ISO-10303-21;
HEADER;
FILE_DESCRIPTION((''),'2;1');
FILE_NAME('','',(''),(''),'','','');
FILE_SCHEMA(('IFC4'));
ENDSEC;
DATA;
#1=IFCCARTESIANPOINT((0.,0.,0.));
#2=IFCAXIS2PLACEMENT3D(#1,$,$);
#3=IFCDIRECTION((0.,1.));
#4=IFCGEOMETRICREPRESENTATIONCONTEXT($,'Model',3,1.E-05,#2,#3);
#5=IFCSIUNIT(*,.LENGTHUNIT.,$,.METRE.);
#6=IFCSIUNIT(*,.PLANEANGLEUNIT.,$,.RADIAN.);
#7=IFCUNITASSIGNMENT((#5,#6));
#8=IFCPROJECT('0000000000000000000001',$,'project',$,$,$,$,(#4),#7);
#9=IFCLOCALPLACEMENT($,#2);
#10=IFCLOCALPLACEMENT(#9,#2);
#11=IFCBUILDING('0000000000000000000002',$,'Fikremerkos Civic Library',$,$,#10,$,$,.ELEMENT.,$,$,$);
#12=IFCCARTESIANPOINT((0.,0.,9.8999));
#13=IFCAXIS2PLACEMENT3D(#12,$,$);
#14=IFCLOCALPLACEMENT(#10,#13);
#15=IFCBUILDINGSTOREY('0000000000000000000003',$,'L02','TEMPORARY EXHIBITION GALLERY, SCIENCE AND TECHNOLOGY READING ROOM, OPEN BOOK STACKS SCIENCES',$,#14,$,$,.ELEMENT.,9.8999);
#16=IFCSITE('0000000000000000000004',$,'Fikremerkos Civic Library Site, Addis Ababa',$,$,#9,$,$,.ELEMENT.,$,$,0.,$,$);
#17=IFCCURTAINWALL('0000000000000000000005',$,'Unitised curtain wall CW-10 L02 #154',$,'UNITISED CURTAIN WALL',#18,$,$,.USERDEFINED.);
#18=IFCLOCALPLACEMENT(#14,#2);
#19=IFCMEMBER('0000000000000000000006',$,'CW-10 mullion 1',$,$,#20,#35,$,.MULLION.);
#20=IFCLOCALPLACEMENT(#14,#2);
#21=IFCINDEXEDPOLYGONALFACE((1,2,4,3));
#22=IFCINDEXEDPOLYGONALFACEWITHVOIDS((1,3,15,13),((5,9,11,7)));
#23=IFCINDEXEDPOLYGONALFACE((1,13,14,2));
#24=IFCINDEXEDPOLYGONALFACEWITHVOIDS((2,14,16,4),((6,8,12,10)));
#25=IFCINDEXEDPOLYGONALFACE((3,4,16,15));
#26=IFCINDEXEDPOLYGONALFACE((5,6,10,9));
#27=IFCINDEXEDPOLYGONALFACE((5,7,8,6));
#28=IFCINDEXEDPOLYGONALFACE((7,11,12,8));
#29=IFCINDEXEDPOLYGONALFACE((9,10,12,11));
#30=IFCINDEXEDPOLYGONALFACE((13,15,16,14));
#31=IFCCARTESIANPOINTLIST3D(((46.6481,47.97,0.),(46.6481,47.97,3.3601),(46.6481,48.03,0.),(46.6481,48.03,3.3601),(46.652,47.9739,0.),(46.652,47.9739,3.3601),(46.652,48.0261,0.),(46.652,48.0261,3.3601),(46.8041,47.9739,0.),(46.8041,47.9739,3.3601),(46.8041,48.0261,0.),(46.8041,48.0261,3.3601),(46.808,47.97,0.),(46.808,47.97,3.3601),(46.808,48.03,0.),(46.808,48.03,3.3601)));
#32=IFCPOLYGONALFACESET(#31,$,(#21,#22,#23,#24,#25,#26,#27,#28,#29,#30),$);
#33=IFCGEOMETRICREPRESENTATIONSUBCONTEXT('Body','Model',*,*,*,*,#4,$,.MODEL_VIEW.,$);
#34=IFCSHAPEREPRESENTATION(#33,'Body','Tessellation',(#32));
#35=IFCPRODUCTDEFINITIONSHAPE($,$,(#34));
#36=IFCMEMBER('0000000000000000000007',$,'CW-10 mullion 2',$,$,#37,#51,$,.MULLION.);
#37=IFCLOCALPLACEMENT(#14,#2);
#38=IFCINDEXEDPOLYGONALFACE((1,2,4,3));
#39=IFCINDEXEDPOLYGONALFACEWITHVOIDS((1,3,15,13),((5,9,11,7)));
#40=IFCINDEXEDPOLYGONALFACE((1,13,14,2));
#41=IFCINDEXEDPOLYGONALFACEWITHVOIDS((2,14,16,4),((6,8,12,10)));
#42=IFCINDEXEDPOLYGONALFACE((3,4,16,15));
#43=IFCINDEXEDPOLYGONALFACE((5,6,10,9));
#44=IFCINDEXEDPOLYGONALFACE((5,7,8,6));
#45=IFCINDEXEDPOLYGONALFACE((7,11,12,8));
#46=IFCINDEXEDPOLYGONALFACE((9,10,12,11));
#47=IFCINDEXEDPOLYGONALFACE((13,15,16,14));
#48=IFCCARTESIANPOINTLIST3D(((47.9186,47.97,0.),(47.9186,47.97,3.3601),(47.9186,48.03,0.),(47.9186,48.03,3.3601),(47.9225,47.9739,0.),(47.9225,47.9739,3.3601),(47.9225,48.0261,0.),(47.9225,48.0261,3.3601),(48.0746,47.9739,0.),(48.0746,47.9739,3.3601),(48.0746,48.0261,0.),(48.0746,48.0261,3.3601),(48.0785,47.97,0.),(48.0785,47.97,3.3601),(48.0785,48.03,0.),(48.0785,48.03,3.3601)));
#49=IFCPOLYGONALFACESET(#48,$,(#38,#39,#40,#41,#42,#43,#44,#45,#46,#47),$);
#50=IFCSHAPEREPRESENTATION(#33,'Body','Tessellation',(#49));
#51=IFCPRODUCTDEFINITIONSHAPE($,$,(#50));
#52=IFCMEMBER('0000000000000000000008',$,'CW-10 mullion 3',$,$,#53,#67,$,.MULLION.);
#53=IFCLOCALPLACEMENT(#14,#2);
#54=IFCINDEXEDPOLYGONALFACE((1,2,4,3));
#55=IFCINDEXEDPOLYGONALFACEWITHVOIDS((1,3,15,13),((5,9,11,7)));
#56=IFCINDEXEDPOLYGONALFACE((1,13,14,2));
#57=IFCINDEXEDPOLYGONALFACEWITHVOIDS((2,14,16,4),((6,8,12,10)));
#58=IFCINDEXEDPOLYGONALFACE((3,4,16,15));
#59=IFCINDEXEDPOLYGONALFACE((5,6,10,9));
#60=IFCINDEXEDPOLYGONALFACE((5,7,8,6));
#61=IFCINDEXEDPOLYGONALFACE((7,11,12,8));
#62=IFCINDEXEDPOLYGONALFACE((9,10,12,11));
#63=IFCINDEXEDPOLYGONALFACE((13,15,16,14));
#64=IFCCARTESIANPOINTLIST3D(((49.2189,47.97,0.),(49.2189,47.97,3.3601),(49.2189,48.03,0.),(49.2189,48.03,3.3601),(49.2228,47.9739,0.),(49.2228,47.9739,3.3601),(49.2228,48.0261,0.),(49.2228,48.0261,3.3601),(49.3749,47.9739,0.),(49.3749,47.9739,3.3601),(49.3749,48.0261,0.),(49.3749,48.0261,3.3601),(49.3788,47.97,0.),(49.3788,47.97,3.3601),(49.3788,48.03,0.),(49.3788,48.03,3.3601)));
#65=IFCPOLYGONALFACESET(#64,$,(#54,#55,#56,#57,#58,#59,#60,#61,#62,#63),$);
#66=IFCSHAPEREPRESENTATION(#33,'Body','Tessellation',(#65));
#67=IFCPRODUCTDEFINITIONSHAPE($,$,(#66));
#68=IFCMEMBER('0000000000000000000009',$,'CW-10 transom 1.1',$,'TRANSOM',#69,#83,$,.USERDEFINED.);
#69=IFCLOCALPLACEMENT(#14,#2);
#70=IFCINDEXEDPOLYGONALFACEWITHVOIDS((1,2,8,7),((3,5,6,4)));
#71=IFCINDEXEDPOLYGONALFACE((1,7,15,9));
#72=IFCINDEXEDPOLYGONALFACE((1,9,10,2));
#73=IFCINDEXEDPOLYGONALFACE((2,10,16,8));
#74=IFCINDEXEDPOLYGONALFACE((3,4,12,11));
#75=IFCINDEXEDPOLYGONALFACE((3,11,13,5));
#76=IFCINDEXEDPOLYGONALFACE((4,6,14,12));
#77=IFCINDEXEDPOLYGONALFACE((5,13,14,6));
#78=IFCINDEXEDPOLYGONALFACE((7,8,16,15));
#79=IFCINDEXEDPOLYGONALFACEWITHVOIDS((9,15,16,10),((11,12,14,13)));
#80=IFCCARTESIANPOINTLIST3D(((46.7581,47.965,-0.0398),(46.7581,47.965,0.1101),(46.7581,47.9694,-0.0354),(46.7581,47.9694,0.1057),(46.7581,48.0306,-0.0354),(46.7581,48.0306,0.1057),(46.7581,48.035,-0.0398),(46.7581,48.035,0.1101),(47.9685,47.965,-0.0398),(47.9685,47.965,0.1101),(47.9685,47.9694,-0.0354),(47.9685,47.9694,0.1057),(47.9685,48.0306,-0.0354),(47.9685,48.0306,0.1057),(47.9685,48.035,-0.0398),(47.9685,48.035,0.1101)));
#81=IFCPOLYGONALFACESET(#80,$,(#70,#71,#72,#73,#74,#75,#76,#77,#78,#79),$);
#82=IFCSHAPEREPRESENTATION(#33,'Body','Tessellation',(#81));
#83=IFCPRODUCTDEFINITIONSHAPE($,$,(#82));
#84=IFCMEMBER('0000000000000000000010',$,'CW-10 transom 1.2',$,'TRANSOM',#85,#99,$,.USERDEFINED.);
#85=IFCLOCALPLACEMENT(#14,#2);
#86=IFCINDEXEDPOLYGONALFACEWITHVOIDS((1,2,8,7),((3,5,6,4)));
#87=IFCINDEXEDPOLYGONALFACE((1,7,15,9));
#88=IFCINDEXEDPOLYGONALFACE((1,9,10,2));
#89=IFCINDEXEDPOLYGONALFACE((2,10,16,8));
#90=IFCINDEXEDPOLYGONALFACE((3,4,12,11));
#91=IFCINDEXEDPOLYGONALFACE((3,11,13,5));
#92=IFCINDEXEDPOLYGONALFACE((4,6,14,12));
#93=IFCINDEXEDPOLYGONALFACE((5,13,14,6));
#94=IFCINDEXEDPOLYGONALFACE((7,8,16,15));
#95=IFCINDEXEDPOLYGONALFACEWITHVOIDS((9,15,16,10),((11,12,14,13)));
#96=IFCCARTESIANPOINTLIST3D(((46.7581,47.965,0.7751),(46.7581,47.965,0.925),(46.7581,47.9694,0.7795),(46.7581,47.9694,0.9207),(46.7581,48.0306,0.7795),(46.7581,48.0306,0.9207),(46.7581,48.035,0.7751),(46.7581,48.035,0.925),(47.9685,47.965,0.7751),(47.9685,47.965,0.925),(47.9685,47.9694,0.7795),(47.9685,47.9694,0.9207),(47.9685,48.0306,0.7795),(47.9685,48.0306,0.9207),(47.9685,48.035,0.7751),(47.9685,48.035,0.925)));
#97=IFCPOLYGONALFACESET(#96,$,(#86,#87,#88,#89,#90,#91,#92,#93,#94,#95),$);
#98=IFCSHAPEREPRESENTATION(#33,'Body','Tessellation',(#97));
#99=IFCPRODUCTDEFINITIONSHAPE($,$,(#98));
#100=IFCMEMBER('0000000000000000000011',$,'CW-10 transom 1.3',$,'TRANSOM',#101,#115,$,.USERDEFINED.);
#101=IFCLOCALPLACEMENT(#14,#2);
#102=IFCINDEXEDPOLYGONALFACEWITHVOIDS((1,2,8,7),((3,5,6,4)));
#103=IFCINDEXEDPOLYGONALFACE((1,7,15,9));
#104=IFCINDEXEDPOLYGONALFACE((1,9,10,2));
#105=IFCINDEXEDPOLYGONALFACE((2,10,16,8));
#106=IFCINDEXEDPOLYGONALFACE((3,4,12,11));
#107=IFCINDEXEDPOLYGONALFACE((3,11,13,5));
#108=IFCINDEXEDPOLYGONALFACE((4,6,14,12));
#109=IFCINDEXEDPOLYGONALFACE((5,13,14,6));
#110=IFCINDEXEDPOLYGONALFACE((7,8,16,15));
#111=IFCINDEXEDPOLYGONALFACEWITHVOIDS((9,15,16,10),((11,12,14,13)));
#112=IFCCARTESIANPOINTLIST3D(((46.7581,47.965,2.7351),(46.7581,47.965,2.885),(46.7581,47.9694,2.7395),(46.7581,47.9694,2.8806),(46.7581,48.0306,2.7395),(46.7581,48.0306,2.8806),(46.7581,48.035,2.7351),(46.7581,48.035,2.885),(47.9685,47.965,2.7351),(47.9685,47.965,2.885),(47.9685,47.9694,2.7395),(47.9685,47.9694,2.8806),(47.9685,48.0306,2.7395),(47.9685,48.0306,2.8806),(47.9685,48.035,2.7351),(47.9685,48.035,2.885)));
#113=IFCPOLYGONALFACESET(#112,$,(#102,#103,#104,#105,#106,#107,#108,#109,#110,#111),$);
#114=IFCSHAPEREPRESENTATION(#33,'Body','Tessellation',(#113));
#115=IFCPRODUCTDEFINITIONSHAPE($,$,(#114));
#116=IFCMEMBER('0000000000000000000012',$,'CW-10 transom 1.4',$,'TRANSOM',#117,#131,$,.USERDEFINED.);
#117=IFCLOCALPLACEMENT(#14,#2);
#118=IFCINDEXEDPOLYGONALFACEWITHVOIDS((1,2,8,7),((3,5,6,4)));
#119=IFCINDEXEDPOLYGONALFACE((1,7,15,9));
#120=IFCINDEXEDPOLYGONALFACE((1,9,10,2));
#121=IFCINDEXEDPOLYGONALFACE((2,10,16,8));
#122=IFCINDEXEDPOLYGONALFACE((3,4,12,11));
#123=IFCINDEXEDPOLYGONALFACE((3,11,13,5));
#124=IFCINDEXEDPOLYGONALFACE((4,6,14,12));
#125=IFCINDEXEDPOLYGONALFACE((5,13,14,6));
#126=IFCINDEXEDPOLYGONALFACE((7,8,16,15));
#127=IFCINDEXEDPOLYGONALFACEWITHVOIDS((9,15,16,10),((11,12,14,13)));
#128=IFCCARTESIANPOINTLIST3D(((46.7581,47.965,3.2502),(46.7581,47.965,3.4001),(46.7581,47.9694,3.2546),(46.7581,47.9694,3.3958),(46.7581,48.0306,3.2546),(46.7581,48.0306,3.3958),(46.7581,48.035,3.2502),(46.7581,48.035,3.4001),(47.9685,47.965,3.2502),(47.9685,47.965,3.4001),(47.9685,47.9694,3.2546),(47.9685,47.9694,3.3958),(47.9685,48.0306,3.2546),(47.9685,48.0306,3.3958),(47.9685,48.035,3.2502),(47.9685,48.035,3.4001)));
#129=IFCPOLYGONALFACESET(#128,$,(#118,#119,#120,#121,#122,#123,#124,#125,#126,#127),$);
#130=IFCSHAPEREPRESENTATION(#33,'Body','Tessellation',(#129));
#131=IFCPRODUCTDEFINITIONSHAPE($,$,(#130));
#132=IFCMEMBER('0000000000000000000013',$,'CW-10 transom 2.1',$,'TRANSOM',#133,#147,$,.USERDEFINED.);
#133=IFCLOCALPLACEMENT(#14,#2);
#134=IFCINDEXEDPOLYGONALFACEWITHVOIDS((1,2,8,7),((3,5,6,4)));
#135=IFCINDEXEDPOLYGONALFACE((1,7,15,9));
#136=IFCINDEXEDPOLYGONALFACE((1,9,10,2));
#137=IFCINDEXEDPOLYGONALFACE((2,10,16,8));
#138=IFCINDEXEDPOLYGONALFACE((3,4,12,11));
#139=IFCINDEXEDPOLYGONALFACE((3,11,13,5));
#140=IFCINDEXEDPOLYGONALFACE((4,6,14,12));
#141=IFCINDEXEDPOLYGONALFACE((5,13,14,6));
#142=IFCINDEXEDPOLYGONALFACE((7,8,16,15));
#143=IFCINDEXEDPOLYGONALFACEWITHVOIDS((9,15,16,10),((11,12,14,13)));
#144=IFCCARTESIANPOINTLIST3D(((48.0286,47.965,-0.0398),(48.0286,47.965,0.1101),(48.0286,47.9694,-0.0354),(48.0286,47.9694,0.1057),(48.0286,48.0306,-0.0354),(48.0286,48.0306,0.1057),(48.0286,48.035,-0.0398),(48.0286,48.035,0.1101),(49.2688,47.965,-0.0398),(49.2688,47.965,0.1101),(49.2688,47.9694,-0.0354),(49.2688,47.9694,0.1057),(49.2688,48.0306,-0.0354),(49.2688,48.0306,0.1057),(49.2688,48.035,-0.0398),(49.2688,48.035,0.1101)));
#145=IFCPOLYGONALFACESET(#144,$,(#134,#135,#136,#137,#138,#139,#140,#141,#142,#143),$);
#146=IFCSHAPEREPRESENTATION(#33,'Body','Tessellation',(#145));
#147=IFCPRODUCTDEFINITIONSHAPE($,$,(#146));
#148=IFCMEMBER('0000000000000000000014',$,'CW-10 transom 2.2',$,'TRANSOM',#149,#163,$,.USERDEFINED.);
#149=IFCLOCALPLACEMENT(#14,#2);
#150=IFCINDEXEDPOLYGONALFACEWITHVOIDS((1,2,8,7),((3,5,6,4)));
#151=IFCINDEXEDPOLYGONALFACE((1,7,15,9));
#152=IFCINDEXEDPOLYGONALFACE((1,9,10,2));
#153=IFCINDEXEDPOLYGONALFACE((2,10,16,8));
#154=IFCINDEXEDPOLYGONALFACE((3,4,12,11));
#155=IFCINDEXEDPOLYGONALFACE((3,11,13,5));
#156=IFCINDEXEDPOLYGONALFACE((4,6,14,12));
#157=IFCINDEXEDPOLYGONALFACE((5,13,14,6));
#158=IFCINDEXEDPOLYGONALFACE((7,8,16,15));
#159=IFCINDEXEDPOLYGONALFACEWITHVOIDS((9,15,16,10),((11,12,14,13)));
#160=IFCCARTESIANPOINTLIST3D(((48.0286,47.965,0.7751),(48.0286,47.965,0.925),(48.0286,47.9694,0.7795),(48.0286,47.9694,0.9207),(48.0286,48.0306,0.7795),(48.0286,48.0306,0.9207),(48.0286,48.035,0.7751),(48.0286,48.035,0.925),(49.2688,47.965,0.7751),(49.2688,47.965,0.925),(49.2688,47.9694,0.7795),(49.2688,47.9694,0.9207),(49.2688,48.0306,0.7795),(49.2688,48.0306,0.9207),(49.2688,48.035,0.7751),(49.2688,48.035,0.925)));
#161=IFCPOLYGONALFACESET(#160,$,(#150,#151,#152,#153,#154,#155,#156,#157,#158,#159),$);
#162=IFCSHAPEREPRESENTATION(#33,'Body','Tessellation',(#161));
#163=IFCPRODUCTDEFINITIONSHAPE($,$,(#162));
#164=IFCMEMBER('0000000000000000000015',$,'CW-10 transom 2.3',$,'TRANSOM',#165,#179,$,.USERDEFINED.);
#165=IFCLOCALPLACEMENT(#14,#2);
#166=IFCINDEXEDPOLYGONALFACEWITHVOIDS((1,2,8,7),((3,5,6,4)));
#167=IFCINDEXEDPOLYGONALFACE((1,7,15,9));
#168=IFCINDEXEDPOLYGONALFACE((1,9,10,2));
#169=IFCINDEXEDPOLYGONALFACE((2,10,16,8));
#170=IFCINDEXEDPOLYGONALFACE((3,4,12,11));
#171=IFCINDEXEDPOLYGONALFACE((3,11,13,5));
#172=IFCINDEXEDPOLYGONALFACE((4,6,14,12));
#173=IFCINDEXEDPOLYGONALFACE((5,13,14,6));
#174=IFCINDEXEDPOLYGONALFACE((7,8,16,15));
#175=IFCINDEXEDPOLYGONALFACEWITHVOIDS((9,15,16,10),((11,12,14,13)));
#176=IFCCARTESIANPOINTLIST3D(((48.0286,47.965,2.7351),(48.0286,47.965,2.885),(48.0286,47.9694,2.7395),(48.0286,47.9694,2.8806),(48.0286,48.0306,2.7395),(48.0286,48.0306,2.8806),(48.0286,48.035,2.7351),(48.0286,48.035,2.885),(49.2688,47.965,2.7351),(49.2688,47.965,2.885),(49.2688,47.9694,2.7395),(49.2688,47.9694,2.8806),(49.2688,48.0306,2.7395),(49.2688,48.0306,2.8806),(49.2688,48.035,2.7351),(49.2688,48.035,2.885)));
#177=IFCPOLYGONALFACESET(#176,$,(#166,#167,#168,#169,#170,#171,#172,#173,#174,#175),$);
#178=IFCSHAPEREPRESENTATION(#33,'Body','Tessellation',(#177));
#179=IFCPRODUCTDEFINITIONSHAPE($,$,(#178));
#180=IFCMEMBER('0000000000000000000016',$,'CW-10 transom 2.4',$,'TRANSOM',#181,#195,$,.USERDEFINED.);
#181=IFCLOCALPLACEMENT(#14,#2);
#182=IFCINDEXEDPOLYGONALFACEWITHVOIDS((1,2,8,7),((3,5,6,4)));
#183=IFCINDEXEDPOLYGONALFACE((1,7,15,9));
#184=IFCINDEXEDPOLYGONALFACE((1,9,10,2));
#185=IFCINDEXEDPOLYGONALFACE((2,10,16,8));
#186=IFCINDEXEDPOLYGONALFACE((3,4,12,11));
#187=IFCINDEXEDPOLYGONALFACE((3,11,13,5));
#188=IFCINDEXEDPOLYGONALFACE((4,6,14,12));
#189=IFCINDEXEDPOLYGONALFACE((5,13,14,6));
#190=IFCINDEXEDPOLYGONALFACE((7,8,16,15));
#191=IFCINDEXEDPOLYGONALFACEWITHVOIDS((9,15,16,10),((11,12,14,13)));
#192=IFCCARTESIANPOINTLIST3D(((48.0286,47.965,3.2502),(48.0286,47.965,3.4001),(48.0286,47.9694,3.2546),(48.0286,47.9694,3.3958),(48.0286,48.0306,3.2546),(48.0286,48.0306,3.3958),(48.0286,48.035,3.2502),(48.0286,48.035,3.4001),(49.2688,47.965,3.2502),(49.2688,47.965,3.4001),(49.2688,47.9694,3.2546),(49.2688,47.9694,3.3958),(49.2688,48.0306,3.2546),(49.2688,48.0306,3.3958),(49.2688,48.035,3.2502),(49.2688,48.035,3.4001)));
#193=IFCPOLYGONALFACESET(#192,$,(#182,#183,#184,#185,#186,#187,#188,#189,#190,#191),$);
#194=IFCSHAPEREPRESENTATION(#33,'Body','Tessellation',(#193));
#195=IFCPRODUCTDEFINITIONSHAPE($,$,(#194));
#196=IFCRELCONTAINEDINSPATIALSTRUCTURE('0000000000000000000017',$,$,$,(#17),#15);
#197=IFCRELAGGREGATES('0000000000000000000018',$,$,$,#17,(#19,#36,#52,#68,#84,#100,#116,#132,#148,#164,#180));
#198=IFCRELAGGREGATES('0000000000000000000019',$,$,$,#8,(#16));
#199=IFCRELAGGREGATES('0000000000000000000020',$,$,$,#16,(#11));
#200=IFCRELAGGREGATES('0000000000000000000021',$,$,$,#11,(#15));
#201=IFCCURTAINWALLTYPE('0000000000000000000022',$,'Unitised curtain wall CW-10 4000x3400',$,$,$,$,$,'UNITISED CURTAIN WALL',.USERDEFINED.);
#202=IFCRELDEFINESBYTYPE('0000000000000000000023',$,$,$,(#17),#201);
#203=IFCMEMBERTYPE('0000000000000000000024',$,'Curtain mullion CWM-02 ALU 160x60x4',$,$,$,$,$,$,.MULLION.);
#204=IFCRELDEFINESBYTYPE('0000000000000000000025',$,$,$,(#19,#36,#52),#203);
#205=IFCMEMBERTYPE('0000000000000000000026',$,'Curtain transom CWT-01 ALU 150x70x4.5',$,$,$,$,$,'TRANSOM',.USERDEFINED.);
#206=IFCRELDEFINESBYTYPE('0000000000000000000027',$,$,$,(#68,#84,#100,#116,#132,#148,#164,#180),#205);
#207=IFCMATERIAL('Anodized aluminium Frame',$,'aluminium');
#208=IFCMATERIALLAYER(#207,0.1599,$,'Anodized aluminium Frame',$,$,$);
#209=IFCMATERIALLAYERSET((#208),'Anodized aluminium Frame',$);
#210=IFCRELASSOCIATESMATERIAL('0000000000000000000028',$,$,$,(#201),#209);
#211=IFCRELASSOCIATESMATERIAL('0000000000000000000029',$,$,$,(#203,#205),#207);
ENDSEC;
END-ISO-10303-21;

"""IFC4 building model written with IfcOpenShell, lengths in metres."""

from ifc_helpers import new_model, si_unit, direction, frame, origin, origin_2d, place, context, subcontext, project, spatial, hollow_rectangle, extrude, material, layer, layer_set, material_profile, profile_set, type_object, element, aggregate, save


model = new_model("IFC4")

# Units and contexts
model_context = context("Model", 3, precision=1e-05, world=origin(), true_north=direction((0.0, 1.0)))
body_context = subcontext(model_context, "Body", "Model", "MODEL_VIEW")
ifc_project = project(units=[si_unit("LENGTHUNIT", "METRE"), si_unit("PLANEANGLEUNIT", "RADIAN")], contexts=[model_context])

# Site, building, storey
site_placement = place(None, origin())
site = spatial("IfcSite", under=ifc_project, at=site_placement, Name="Fikremerkos Civic Library Site, Addis Ababa", CompositionType="ELEMENT", RefElevation=0.0)
building_placement = place(site_placement, origin())
building = spatial("IfcBuilding", under=site, at=building_placement, Name="Fikremerkos Civic Library", CompositionType="ELEMENT")
storey_placement = place(building_placement, frame((0.0, 0.0, 9.8999)))
storey = spatial("IfcBuildingStorey", under=building, at=storey_placement, Name="L02", Description="TEMPORARY EXHIBITION GALLERY, SCIENCE AND TECHNOLOGY READING ROOM, OPEN BOOK STACKS SCIENCES", CompositionType="ELEMENT", Elevation=9.8999)

# Curtain wall, members
ifc_material_1 = material(Name="Anodized aluminium Frame", Category="aluminium")
ifc_layer_1 = layer(ifc_material_1, 0.1599, Name="Anodized aluminium Frame")
ifc_layer_set_1 = layer_set([ifc_layer_1], Name="Anodized aluminium Frame")
curtain_wall_type = type_object("IfcCurtainWallType", Name="Unitised curtain wall CW-10 4000x3400", ElementType="UNITISED CURTAIN WALL", PredefinedType="USERDEFINED", material=ifc_layer_set_1)
curtain_wall_placement = place(storey_placement, origin())
curtain_wall = element("IfcCurtainWall", 1, at=curtain_wall_placement, inside=storey, type_object=curtain_wall_type, Name="Unitised curtain wall CW-10 L02 #154", ObjectType="UNITISED CURTAIN WALL", PredefinedType="USERDEFINED")
ifc_material_profile_1 = material_profile(ifc_material_1, hollow_rectangle(XDim=0.0601, YDim=0.1599, WallThickness=0.0039, at=origin_2d()), Name="ALU 160x60x4")
ifc_profile_set_1 = profile_set([ifc_material_profile_1], Name="Anodized aluminium Frame")
member_type_1 = type_object("IfcMemberType", Name="Curtain mullion CWM-02 ALU 160x60x4", PredefinedType="MULLION", material=ifc_profile_set_1)
member_1_placement = place(storey_placement, frame((46.728, 48.0, 0.0), z_axis=(0.0, 0.0, 1.0), x_axis=(0.0, 1.0, 0.0)))
member_1 = element("IfcMember", 2, at=member_1_placement, type_object=member_type_1, Name="CW-10 mullion 1", PredefinedType="MULLION", context=body_context, shape_type="SweptSolid", body=[
    extrude(hollow_rectangle(XDim=0.0601, YDim=0.1599, WallThickness=0.0039, at=origin_2d()), origin(), (0.0, 0.0, 1.0), 3.3601),
])
member_2_placement = place(storey_placement, frame((47.9985, 48.0, 0.0), z_axis=(0.0, 0.0, 1.0), x_axis=(0.0, 1.0, 0.0)))
member_2 = element("IfcMember", 3, at=member_2_placement, type_object=member_type_1, Name="CW-10 mullion 2", PredefinedType="MULLION", context=body_context, shape_type="SweptSolid", body=[
    extrude(hollow_rectangle(XDim=0.0601, YDim=0.1599, WallThickness=0.0039, at=origin_2d()), origin(), (0.0, 0.0, 1.0), 3.3601),
])
member_3_placement = place(storey_placement, frame((49.2988, 48.0, 0.0), z_axis=(0.0, 0.0, 1.0), x_axis=(0.0, 1.0, 0.0)))
member_3 = element("IfcMember", 4, at=member_3_placement, type_object=member_type_1, Name="CW-10 mullion 3", PredefinedType="MULLION", context=body_context, shape_type="SweptSolid", body=[
    extrude(hollow_rectangle(XDim=0.0601, YDim=0.1599, WallThickness=0.0039, at=origin_2d()), origin(), (0.0, 0.0, 1.0), 3.3601),
])
ifc_material_profile_2 = material_profile(ifc_material_1, hollow_rectangle(XDim=0.0701, YDim=0.1499, WallThickness=0.0044, at=origin_2d()), Name="ALU 150x70x4.5")
ifc_profile_set_2 = profile_set([ifc_material_profile_2], Name="Anodized aluminium Frame")
member_type_2 = type_object("IfcMemberType", Name="Curtain transom CWT-01 ALU 150x70x4.5", ElementType="TRANSOM", PredefinedType="USERDEFINED", material=ifc_profile_set_2)
member_4_placement = place(storey_placement, frame((46.7581, 48.0, 0.0352), z_axis=(1.0, 0.0, 0.0), x_axis=(0.0, 1.0, 0.0)))
member_4 = element("IfcMember", 5, at=member_4_placement, type_object=member_type_2, Name="CW-10 transom 1.1", ObjectType="TRANSOM", PredefinedType="USERDEFINED", context=body_context, shape_type="SweptSolid", body=[
    extrude(hollow_rectangle(XDim=0.0701, YDim=0.1499, WallThickness=0.0044, at=origin_2d()), origin(), (0.0, 0.0, 1.0), 1.2104),
])
member_5_placement = place(storey_placement, frame((46.7581, 48.0, 0.8501), z_axis=(1.0, 0.0, 0.0), x_axis=(0.0, 1.0, 0.0)))
member_5 = element("IfcMember", 6, at=member_5_placement, type_object=member_type_2, Name="CW-10 transom 1.2", ObjectType="TRANSOM", PredefinedType="USERDEFINED", context=body_context, shape_type="SweptSolid", body=[
    extrude(hollow_rectangle(XDim=0.0701, YDim=0.1499, WallThickness=0.0044, at=origin_2d()), origin(), (0.0, 0.0, 1.0), 1.2104),
])
member_6_placement = place(storey_placement, frame((46.7581, 48.0, 2.8101), z_axis=(1.0, 0.0, 0.0), x_axis=(0.0, 1.0, 0.0)))
member_6 = element("IfcMember", 7, at=member_6_placement, type_object=member_type_2, Name="CW-10 transom 1.3", ObjectType="TRANSOM", PredefinedType="USERDEFINED", context=body_context, shape_type="SweptSolid", body=[
    extrude(hollow_rectangle(XDim=0.0701, YDim=0.1499, WallThickness=0.0044, at=origin_2d()), origin(), (0.0, 0.0, 1.0), 1.2104),
])
member_7_placement = place(storey_placement, frame((46.7581, 48.0, 3.3252), z_axis=(1.0, 0.0, 0.0), x_axis=(0.0, 1.0, 0.0)))
member_7 = element("IfcMember", 8, at=member_7_placement, type_object=member_type_2, Name="CW-10 transom 1.4", ObjectType="TRANSOM", PredefinedType="USERDEFINED", context=body_context, shape_type="SweptSolid", body=[
    extrude(hollow_rectangle(XDim=0.0701, YDim=0.1499, WallThickness=0.0044, at=origin_2d()), origin(), (0.0, 0.0, 1.0), 1.2104),
])
member_8_placement = place(storey_placement, frame((48.0286, 48.0, 0.0352), z_axis=(1.0, 0.0, 0.0), x_axis=(0.0, 1.0, 0.0)))
member_8 = element("IfcMember", 9, at=member_8_placement, type_object=member_type_2, Name="CW-10 transom 2.1", ObjectType="TRANSOM", PredefinedType="USERDEFINED", context=body_context, shape_type="SweptSolid", body=[
    extrude(hollow_rectangle(XDim=0.0701, YDim=0.1499, WallThickness=0.0044, at=origin_2d()), origin(), (0.0, 0.0, 1.0), 1.2402),
])
member_9_placement = place(storey_placement, frame((48.0286, 48.0, 0.8501), z_axis=(1.0, 0.0, 0.0), x_axis=(0.0, 1.0, 0.0)))
member_9 = element("IfcMember", 10, at=member_9_placement, type_object=member_type_2, Name="CW-10 transom 2.2", ObjectType="TRANSOM", PredefinedType="USERDEFINED", context=body_context, shape_type="SweptSolid", body=[
    extrude(hollow_rectangle(XDim=0.0701, YDim=0.1499, WallThickness=0.0044, at=origin_2d()), origin(), (0.0, 0.0, 1.0), 1.2402),
])
member_10_placement = place(storey_placement, frame((48.0286, 48.0, 2.8101), z_axis=(1.0, 0.0, 0.0), x_axis=(0.0, 1.0, 0.0)))
member_10 = element("IfcMember", 11, at=member_10_placement, type_object=member_type_2, Name="CW-10 transom 2.3", ObjectType="TRANSOM", PredefinedType="USERDEFINED", context=body_context, shape_type="SweptSolid", body=[
    extrude(hollow_rectangle(XDim=0.0701, YDim=0.1499, WallThickness=0.0044, at=origin_2d()), origin(), (0.0, 0.0, 1.0), 1.2402),
])
member_11_placement = place(storey_placement, frame((48.0286, 48.0, 3.3252), z_axis=(1.0, 0.0, 0.0), x_axis=(0.0, 1.0, 0.0)))
member_11 = element("IfcMember", 12, at=member_11_placement, type_object=member_type_2, Name="CW-10 transom 2.4", ObjectType="TRANSOM", PredefinedType="USERDEFINED", context=body_context, shape_type="SweptSolid", body=[
    extrude(hollow_rectangle(XDim=0.0701, YDim=0.1499, WallThickness=0.0044, at=origin_2d()), origin(), (0.0, 0.0, 1.0), 1.2402),
])
aggregate(curtain_wall, [member_1, member_2, member_3, member_4, member_5, member_6, member_7, member_8, member_9, member_10, member_11])

save(model, "model.ifc")
